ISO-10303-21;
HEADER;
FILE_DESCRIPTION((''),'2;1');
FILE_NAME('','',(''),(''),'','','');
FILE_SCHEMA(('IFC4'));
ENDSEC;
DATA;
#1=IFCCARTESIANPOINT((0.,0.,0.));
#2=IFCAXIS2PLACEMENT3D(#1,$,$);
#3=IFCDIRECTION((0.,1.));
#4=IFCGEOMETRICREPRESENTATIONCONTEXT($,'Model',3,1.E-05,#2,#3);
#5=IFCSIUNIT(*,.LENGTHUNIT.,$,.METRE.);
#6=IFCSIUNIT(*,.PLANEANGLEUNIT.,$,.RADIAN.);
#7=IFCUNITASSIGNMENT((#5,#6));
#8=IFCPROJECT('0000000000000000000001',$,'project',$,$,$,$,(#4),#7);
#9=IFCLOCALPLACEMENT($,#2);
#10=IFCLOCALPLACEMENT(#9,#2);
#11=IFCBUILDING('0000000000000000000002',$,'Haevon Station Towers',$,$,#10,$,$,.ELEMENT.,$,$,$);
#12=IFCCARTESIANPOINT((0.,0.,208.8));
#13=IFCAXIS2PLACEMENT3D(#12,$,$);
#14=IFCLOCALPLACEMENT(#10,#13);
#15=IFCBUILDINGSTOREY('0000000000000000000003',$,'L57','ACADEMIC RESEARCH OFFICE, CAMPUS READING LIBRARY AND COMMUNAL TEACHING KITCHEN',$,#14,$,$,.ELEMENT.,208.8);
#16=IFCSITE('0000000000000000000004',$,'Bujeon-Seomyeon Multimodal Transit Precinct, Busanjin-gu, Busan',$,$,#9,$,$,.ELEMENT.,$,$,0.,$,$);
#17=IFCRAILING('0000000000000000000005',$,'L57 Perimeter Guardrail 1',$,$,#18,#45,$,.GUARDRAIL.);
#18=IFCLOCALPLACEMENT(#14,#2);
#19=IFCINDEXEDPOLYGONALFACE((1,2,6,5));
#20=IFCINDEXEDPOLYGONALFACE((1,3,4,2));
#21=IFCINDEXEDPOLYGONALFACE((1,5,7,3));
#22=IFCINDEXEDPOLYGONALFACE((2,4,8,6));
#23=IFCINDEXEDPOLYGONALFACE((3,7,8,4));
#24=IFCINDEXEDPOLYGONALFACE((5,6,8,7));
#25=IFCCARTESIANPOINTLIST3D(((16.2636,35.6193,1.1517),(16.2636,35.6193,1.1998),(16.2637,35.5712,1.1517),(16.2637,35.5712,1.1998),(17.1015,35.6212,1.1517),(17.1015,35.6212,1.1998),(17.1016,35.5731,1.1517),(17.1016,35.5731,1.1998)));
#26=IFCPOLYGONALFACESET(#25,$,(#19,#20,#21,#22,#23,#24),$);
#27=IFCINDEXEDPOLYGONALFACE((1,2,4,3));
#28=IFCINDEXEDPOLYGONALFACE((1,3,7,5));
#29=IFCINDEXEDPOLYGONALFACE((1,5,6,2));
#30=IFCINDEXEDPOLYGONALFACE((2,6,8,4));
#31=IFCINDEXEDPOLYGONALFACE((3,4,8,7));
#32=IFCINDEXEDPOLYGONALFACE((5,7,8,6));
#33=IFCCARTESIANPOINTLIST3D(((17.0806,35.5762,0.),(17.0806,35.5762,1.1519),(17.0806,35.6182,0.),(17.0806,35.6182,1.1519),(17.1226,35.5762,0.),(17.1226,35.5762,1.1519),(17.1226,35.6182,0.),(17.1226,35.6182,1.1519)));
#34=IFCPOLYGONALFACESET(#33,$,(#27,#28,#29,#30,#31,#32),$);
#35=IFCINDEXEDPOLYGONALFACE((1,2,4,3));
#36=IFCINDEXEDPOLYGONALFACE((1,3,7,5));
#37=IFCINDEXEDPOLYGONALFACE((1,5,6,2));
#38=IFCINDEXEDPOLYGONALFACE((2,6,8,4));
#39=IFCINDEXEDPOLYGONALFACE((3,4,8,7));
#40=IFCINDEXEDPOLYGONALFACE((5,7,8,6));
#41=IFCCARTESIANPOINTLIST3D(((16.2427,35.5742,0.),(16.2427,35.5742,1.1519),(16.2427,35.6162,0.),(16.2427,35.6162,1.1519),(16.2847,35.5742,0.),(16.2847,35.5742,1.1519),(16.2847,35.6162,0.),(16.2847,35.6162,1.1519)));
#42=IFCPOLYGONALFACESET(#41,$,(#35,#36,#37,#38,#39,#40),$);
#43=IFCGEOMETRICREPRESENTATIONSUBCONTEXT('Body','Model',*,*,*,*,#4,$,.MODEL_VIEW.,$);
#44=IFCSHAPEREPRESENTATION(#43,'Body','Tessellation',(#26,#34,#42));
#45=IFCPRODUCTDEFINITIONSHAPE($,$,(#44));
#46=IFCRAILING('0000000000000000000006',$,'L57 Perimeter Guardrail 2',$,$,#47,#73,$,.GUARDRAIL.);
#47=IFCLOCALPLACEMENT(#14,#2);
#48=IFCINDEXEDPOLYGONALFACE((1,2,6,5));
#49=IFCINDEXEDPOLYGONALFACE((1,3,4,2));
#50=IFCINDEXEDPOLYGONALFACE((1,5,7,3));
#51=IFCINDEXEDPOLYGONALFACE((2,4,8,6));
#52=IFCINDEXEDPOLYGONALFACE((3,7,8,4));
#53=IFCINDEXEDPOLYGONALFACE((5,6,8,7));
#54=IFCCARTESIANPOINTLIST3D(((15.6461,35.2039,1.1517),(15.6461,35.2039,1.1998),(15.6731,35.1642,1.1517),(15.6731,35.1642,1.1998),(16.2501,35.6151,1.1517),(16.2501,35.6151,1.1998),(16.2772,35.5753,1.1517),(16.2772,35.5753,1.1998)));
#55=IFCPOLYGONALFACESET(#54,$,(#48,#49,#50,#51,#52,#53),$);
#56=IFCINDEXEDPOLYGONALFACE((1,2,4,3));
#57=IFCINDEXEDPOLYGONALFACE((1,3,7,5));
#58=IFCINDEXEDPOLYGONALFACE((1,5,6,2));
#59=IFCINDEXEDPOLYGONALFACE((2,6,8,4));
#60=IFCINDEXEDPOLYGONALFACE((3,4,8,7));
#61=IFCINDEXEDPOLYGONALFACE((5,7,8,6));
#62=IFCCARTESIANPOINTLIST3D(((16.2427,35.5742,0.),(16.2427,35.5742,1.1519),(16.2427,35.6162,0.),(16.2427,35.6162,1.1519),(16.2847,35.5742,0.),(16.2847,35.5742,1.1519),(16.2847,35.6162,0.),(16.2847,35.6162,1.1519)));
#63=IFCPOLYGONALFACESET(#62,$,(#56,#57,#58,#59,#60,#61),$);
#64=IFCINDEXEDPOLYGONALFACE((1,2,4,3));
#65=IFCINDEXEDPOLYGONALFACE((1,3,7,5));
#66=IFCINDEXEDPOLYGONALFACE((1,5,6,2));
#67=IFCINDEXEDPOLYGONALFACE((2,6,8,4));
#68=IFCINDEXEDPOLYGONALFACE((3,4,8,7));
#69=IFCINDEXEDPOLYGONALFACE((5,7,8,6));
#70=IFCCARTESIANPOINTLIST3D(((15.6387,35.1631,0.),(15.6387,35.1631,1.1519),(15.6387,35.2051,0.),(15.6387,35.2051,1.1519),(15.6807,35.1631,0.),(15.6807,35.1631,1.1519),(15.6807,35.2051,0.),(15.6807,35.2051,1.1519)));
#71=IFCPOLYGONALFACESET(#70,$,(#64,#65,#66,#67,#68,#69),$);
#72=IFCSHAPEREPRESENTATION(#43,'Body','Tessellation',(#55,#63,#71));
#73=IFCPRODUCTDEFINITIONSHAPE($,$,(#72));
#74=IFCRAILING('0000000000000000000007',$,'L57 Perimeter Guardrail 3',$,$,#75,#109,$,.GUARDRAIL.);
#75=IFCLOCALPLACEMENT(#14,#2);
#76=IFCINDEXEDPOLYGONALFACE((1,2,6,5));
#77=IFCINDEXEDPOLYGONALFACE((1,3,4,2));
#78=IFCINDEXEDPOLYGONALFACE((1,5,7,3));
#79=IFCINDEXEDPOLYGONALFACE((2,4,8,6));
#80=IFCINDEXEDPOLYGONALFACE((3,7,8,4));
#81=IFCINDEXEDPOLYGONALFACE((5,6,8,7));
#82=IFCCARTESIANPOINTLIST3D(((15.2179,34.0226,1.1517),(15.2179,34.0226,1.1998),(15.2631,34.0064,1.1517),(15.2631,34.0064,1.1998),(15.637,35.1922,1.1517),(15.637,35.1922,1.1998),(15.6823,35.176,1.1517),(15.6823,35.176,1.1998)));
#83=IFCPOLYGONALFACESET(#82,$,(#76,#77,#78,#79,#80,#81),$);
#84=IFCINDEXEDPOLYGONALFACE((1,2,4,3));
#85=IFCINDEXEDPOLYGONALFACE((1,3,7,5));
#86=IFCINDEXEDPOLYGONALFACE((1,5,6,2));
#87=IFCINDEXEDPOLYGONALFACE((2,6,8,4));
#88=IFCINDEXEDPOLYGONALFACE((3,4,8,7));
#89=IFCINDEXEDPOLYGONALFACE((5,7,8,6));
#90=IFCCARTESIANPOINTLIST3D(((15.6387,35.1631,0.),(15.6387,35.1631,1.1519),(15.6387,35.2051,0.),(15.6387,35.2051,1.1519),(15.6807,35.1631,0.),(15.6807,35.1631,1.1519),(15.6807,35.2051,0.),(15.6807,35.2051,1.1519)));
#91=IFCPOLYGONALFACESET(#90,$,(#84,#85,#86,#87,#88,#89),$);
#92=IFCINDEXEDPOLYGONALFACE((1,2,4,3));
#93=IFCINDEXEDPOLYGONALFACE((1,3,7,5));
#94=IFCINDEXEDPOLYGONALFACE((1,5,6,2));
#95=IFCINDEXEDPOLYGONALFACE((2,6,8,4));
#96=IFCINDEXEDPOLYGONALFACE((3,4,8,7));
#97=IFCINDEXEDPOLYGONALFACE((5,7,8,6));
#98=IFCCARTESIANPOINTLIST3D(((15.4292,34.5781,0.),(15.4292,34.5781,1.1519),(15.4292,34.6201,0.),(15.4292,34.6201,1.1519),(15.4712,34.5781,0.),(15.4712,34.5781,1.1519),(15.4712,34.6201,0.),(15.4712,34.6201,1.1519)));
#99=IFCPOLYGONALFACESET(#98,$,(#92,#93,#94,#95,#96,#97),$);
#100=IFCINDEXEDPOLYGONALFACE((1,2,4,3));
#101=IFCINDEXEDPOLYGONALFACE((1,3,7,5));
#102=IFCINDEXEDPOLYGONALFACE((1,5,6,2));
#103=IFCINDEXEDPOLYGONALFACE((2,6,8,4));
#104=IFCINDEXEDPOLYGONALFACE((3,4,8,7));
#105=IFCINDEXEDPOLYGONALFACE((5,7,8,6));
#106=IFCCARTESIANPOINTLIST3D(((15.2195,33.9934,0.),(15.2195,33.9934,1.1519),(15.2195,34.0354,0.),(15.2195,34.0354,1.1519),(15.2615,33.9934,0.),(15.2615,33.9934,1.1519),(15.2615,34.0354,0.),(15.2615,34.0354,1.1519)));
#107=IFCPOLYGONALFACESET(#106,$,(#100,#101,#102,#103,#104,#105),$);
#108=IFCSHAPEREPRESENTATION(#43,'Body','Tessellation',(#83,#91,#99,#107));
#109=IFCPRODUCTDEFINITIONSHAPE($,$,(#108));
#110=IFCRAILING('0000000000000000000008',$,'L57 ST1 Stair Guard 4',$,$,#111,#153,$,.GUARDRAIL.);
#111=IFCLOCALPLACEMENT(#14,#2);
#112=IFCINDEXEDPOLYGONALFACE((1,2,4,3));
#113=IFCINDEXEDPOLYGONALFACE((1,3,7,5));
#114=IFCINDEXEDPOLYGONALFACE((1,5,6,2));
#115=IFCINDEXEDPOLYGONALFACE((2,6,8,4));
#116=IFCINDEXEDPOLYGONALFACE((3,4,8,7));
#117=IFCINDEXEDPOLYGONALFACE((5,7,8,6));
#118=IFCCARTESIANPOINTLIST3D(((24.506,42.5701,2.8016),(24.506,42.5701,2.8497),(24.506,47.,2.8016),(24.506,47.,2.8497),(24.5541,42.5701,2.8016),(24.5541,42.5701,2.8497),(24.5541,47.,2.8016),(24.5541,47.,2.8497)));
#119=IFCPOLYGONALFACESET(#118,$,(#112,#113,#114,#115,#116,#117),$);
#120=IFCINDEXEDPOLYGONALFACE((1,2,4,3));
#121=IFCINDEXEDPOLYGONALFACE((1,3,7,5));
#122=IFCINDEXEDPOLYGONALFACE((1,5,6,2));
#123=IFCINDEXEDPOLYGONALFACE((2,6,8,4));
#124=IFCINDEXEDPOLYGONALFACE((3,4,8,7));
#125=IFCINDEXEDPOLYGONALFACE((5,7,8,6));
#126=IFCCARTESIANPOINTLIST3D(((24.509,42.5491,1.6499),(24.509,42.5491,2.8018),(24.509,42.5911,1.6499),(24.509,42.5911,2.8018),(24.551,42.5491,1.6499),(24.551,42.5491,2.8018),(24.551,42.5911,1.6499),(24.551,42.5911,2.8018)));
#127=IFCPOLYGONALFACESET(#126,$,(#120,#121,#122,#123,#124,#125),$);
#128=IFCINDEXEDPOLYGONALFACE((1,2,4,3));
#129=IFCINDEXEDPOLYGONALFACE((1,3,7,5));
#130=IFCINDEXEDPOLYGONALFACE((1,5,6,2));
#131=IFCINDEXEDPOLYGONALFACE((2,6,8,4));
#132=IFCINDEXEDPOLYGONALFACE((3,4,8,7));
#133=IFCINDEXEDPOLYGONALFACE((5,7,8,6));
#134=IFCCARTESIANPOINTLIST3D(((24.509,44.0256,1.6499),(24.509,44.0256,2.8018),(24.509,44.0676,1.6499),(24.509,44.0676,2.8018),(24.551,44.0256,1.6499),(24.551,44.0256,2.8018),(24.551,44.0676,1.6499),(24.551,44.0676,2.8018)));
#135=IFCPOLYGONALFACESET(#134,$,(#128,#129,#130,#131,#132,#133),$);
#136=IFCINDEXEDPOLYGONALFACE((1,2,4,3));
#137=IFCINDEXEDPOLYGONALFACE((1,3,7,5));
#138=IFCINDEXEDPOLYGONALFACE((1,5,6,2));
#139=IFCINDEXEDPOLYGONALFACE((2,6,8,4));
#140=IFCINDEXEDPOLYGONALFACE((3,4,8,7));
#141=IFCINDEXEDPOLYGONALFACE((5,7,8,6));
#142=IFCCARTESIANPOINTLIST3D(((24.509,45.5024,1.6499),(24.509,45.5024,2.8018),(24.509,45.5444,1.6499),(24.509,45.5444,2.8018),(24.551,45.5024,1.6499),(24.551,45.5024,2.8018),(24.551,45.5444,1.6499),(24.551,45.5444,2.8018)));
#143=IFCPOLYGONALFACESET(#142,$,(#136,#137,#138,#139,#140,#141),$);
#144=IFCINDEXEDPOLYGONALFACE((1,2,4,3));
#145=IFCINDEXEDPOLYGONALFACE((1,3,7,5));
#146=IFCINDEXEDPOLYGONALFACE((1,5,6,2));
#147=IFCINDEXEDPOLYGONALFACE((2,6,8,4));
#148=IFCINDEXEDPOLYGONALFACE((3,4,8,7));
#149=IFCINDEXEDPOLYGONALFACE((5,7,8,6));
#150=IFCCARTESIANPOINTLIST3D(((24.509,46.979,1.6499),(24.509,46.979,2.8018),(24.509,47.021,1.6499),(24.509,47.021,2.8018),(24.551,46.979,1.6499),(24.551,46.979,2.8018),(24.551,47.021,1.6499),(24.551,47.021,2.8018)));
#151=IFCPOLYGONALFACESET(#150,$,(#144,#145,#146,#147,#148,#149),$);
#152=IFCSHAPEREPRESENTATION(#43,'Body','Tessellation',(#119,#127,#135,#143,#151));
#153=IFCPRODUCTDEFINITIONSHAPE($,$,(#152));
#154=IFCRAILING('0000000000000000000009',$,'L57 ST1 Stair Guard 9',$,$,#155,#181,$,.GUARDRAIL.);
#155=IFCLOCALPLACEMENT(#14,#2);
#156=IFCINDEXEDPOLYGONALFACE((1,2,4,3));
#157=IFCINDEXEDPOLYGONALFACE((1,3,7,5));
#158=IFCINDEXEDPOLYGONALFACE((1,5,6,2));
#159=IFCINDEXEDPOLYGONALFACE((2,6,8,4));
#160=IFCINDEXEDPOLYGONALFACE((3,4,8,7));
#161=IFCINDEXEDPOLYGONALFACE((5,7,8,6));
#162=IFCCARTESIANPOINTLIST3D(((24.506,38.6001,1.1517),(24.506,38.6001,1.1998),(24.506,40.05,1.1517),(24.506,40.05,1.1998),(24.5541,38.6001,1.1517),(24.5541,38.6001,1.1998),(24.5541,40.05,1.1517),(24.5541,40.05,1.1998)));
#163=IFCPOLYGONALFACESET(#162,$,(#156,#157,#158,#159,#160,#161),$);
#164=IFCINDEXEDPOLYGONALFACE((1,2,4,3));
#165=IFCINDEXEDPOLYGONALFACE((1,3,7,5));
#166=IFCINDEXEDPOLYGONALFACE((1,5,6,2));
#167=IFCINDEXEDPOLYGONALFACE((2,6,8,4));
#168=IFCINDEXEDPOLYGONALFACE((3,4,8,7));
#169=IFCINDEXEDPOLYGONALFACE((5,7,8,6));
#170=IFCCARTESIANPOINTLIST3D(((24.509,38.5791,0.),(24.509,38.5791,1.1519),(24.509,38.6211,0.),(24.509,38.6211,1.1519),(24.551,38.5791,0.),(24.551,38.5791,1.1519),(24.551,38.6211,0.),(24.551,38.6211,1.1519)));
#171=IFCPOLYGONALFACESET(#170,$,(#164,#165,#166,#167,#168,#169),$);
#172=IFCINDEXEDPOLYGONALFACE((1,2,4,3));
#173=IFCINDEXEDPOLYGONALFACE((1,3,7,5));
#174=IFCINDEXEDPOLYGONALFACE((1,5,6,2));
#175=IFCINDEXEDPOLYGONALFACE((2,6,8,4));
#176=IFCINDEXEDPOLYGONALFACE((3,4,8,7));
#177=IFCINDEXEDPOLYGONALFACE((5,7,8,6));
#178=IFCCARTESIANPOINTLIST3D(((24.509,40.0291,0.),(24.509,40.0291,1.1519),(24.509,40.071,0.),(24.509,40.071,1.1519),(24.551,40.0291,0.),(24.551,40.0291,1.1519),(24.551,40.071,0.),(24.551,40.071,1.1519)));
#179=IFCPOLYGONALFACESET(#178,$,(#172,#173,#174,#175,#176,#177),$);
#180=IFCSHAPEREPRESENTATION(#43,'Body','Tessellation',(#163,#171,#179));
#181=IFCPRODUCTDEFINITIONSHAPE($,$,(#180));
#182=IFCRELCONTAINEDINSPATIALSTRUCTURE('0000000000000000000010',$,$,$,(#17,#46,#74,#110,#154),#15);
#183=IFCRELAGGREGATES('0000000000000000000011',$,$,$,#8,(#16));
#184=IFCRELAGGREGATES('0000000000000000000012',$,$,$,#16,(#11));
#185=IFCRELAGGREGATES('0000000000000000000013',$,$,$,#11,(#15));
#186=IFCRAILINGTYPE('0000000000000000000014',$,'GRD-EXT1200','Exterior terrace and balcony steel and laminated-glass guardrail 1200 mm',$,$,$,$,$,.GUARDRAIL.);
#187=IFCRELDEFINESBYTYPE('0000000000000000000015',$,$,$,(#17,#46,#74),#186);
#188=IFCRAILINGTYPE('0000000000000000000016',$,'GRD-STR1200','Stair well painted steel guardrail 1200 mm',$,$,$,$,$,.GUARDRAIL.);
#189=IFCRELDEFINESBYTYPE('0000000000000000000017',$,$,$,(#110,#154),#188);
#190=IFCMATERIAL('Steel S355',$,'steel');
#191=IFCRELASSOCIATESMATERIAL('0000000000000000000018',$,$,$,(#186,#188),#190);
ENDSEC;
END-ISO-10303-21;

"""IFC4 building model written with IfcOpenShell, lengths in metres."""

from ifc_helpers import new_model, si_unit, direction, frame, origin, origin_2d, place, context, subcontext, project, spatial, rectangle, extrude, material, type_object, element, save


model = new_model("IFC4")

# Units and contexts
model_context = context("Model", 3, precision=1e-05, world=origin(), true_north=direction((0.0, 1.0)))
body_context = subcontext(model_context, "Body", "Model", "MODEL_VIEW")
ifc_project = project(units=[si_unit("LENGTHUNIT", "METRE"), si_unit("PLANEANGLEUNIT", "RADIAN")], contexts=[model_context])

# Site, building, storey
site_placement = place(None, origin())
site = spatial("IfcSite", under=ifc_project, at=site_placement, Name="Bujeon-Seomyeon Multimodal Transit Precinct, Busanjin-gu, Busan", CompositionType="ELEMENT", RefElevation=0.0)
building_placement = place(site_placement, origin())
building = spatial("IfcBuilding", under=site, at=building_placement, Name="Haevon Station Towers", CompositionType="ELEMENT")
storey_placement = place(building_placement, frame((0.0, 0.0, 208.8)))
storey = spatial("IfcBuildingStorey", under=building, at=storey_placement, Name="L57", Description="ACADEMIC RESEARCH OFFICE, CAMPUS READING LIBRARY AND COMMUNAL TEACHING KITCHEN", CompositionType="ELEMENT", Elevation=208.8)

# Shared definitions
ifc_material_1 = material(Name="Steel S355", Category="steel")

# Railings
railing_type_1 = type_object("IfcRailingType", Name="GRD-EXT1200", Description="Exterior terrace and balcony steel and laminated-glass guardrail 1200 mm", PredefinedType="GUARDRAIL", material=ifc_material_1)
railing_1_placement = place(storey_placement, frame((17.1016, 35.5972, 0.0)))
element("IfcRailing", 1, at=railing_1_placement, inside=storey, type_object=railing_type_1, Name="L57 Perimeter Guardrail 1", PredefinedType="GUARDRAIL", context=body_context, shape_type="SweptSolid", body=[
    extrude(rectangle(XDim=0.0481, YDim=0.0481, at=origin_2d()), frame((0.0, 0.0, 1.1758), z_axis=(-0.999997, -0.002331, 0.0), x_axis=(0.002331, -0.999997, 0.0)), (0.0, 0.0, 1.0), 0.8379),
    extrude(rectangle(XDim=0.042, YDim=0.042, at=origin_2d()), origin(), (0.0, 0.0, 1.0), 1.1519),
    extrude(rectangle(XDim=0.042, YDim=0.042, at=origin_2d()), frame((-0.8379, -0.002, 0.0)), (0.0, 0.0, 1.0), 1.1519),
])
railing_2_placement = place(storey_placement, frame((16.2637, 35.5952, 0.0)))
element("IfcRailing", 2, at=railing_2_placement, inside=storey, type_object=railing_type_1, Name="L57 Perimeter Guardrail 2", PredefinedType="GUARDRAIL", context=body_context, shape_type="SweptSolid", body=[
    extrude(rectangle(XDim=0.0481, YDim=0.0481, at=origin_2d()), frame((0.0, 0.0, 1.1758), z_axis=(-0.826665, -0.562694, 0.0), x_axis=(0.562694, -0.826665, 0.0)), (0.0, 0.0, 1.0), 0.7307),
    extrude(rectangle(XDim=0.042, YDim=0.042, at=origin_2d()), origin(), (0.0, 0.0, 1.0), 1.1519),
    extrude(rectangle(XDim=0.042, YDim=0.042, at=origin_2d()), frame((-0.604, -0.4111, 0.0)), (0.0, 0.0, 1.0), 1.1519),
])
railing_3_placement = place(storey_placement, frame((15.6597, 35.1841, 0.0)))
element("IfcRailing", 3, at=railing_3_placement, inside=storey, type_object=railing_type_1, Name="L57 Perimeter Guardrail 3", PredefinedType="GUARDRAIL", context=body_context, shape_type="SweptSolid", body=[
    extrude(rectangle(XDim=0.0481, YDim=0.0481, at=origin_2d()), frame((0.0, 0.0, 1.1758), z_axis=(-0.337369, -0.941372, 0.0), x_axis=(0.941372, -0.337369, 0.0)), (0.0, 0.0, 1.0), 1.2424),
    extrude(rectangle(XDim=0.042, YDim=0.042, at=origin_2d()), origin(), (0.0, 0.0, 1.0), 1.1519),
    extrude(rectangle(XDim=0.042, YDim=0.042, at=origin_2d()), frame((-0.2095, -0.585, 0.0)), (0.0, 0.0, 1.0), 1.1519),
    extrude(rectangle(XDim=0.042, YDim=0.042, at=origin_2d()), frame((-0.4192, -1.1697, 0.0)), (0.0, 0.0, 1.0), 1.1519),
])
railing_type_2 = type_object("IfcRailingType", Name="GRD-STR1200", Description="Stair well painted steel guardrail 1200 mm", PredefinedType="GUARDRAIL", material=ifc_material_1)
railing_4_placement = place(storey_placement, frame((24.53, 42.5701, 1.6499)))
element("IfcRailing", 4, at=railing_4_placement, inside=storey, type_object=railing_type_2, Name="L57 ST1 Stair Guard 4", PredefinedType="GUARDRAIL", context=body_context, shape_type="SweptSolid", body=[
    extrude(rectangle(XDim=0.0481, YDim=0.0481, at=origin_2d()), frame((0.0, 0.0, 1.1758), z_axis=(0.0, 1.0, 0.0), x_axis=(-1.0, 0.0, 0.0)), (0.0, 0.0, 1.0), 4.4299),
    extrude(rectangle(XDim=0.042, YDim=0.042, at=origin_2d()), origin(), (0.0, 0.0, 1.0), 1.1519),
    extrude(rectangle(XDim=0.042, YDim=0.042, at=origin_2d()), frame((0.0, 1.4766, 0.0)), (0.0, 0.0, 1.0), 1.1519),
    extrude(rectangle(XDim=0.042, YDim=0.042, at=origin_2d()), frame((0.0, 2.9534, 0.0)), (0.0, 0.0, 1.0), 1.1519),
    extrude(rectangle(XDim=0.042, YDim=0.042, at=origin_2d()), frame((0.0, 4.4299, 0.0)), (0.0, 0.0, 1.0), 1.1519),
])
railing_5_placement = place(storey_placement, frame((24.53, 38.6001, 0.0)))
element("IfcRailing", 5, at=railing_5_placement, inside=storey, type_object=railing_type_2, Name="L57 ST1 Stair Guard 9", PredefinedType="GUARDRAIL", context=body_context, shape_type="SweptSolid", body=[
    extrude(rectangle(XDim=0.0481, YDim=0.0481, at=origin_2d()), frame((0.0, 0.0, 1.1758), z_axis=(0.0, 1.0, 0.0), x_axis=(-1.0, 0.0, 0.0)), (0.0, 0.0, 1.0), 1.45),
    extrude(rectangle(XDim=0.042, YDim=0.042, at=origin_2d()), origin(), (0.0, 0.0, 1.0), 1.1519),
    extrude(rectangle(XDim=0.042, YDim=0.042, at=origin_2d()), frame((0.0, 1.45, 0.0)), (0.0, 0.0, 1.0), 1.1519),
])

save(model, "model.ifc")
